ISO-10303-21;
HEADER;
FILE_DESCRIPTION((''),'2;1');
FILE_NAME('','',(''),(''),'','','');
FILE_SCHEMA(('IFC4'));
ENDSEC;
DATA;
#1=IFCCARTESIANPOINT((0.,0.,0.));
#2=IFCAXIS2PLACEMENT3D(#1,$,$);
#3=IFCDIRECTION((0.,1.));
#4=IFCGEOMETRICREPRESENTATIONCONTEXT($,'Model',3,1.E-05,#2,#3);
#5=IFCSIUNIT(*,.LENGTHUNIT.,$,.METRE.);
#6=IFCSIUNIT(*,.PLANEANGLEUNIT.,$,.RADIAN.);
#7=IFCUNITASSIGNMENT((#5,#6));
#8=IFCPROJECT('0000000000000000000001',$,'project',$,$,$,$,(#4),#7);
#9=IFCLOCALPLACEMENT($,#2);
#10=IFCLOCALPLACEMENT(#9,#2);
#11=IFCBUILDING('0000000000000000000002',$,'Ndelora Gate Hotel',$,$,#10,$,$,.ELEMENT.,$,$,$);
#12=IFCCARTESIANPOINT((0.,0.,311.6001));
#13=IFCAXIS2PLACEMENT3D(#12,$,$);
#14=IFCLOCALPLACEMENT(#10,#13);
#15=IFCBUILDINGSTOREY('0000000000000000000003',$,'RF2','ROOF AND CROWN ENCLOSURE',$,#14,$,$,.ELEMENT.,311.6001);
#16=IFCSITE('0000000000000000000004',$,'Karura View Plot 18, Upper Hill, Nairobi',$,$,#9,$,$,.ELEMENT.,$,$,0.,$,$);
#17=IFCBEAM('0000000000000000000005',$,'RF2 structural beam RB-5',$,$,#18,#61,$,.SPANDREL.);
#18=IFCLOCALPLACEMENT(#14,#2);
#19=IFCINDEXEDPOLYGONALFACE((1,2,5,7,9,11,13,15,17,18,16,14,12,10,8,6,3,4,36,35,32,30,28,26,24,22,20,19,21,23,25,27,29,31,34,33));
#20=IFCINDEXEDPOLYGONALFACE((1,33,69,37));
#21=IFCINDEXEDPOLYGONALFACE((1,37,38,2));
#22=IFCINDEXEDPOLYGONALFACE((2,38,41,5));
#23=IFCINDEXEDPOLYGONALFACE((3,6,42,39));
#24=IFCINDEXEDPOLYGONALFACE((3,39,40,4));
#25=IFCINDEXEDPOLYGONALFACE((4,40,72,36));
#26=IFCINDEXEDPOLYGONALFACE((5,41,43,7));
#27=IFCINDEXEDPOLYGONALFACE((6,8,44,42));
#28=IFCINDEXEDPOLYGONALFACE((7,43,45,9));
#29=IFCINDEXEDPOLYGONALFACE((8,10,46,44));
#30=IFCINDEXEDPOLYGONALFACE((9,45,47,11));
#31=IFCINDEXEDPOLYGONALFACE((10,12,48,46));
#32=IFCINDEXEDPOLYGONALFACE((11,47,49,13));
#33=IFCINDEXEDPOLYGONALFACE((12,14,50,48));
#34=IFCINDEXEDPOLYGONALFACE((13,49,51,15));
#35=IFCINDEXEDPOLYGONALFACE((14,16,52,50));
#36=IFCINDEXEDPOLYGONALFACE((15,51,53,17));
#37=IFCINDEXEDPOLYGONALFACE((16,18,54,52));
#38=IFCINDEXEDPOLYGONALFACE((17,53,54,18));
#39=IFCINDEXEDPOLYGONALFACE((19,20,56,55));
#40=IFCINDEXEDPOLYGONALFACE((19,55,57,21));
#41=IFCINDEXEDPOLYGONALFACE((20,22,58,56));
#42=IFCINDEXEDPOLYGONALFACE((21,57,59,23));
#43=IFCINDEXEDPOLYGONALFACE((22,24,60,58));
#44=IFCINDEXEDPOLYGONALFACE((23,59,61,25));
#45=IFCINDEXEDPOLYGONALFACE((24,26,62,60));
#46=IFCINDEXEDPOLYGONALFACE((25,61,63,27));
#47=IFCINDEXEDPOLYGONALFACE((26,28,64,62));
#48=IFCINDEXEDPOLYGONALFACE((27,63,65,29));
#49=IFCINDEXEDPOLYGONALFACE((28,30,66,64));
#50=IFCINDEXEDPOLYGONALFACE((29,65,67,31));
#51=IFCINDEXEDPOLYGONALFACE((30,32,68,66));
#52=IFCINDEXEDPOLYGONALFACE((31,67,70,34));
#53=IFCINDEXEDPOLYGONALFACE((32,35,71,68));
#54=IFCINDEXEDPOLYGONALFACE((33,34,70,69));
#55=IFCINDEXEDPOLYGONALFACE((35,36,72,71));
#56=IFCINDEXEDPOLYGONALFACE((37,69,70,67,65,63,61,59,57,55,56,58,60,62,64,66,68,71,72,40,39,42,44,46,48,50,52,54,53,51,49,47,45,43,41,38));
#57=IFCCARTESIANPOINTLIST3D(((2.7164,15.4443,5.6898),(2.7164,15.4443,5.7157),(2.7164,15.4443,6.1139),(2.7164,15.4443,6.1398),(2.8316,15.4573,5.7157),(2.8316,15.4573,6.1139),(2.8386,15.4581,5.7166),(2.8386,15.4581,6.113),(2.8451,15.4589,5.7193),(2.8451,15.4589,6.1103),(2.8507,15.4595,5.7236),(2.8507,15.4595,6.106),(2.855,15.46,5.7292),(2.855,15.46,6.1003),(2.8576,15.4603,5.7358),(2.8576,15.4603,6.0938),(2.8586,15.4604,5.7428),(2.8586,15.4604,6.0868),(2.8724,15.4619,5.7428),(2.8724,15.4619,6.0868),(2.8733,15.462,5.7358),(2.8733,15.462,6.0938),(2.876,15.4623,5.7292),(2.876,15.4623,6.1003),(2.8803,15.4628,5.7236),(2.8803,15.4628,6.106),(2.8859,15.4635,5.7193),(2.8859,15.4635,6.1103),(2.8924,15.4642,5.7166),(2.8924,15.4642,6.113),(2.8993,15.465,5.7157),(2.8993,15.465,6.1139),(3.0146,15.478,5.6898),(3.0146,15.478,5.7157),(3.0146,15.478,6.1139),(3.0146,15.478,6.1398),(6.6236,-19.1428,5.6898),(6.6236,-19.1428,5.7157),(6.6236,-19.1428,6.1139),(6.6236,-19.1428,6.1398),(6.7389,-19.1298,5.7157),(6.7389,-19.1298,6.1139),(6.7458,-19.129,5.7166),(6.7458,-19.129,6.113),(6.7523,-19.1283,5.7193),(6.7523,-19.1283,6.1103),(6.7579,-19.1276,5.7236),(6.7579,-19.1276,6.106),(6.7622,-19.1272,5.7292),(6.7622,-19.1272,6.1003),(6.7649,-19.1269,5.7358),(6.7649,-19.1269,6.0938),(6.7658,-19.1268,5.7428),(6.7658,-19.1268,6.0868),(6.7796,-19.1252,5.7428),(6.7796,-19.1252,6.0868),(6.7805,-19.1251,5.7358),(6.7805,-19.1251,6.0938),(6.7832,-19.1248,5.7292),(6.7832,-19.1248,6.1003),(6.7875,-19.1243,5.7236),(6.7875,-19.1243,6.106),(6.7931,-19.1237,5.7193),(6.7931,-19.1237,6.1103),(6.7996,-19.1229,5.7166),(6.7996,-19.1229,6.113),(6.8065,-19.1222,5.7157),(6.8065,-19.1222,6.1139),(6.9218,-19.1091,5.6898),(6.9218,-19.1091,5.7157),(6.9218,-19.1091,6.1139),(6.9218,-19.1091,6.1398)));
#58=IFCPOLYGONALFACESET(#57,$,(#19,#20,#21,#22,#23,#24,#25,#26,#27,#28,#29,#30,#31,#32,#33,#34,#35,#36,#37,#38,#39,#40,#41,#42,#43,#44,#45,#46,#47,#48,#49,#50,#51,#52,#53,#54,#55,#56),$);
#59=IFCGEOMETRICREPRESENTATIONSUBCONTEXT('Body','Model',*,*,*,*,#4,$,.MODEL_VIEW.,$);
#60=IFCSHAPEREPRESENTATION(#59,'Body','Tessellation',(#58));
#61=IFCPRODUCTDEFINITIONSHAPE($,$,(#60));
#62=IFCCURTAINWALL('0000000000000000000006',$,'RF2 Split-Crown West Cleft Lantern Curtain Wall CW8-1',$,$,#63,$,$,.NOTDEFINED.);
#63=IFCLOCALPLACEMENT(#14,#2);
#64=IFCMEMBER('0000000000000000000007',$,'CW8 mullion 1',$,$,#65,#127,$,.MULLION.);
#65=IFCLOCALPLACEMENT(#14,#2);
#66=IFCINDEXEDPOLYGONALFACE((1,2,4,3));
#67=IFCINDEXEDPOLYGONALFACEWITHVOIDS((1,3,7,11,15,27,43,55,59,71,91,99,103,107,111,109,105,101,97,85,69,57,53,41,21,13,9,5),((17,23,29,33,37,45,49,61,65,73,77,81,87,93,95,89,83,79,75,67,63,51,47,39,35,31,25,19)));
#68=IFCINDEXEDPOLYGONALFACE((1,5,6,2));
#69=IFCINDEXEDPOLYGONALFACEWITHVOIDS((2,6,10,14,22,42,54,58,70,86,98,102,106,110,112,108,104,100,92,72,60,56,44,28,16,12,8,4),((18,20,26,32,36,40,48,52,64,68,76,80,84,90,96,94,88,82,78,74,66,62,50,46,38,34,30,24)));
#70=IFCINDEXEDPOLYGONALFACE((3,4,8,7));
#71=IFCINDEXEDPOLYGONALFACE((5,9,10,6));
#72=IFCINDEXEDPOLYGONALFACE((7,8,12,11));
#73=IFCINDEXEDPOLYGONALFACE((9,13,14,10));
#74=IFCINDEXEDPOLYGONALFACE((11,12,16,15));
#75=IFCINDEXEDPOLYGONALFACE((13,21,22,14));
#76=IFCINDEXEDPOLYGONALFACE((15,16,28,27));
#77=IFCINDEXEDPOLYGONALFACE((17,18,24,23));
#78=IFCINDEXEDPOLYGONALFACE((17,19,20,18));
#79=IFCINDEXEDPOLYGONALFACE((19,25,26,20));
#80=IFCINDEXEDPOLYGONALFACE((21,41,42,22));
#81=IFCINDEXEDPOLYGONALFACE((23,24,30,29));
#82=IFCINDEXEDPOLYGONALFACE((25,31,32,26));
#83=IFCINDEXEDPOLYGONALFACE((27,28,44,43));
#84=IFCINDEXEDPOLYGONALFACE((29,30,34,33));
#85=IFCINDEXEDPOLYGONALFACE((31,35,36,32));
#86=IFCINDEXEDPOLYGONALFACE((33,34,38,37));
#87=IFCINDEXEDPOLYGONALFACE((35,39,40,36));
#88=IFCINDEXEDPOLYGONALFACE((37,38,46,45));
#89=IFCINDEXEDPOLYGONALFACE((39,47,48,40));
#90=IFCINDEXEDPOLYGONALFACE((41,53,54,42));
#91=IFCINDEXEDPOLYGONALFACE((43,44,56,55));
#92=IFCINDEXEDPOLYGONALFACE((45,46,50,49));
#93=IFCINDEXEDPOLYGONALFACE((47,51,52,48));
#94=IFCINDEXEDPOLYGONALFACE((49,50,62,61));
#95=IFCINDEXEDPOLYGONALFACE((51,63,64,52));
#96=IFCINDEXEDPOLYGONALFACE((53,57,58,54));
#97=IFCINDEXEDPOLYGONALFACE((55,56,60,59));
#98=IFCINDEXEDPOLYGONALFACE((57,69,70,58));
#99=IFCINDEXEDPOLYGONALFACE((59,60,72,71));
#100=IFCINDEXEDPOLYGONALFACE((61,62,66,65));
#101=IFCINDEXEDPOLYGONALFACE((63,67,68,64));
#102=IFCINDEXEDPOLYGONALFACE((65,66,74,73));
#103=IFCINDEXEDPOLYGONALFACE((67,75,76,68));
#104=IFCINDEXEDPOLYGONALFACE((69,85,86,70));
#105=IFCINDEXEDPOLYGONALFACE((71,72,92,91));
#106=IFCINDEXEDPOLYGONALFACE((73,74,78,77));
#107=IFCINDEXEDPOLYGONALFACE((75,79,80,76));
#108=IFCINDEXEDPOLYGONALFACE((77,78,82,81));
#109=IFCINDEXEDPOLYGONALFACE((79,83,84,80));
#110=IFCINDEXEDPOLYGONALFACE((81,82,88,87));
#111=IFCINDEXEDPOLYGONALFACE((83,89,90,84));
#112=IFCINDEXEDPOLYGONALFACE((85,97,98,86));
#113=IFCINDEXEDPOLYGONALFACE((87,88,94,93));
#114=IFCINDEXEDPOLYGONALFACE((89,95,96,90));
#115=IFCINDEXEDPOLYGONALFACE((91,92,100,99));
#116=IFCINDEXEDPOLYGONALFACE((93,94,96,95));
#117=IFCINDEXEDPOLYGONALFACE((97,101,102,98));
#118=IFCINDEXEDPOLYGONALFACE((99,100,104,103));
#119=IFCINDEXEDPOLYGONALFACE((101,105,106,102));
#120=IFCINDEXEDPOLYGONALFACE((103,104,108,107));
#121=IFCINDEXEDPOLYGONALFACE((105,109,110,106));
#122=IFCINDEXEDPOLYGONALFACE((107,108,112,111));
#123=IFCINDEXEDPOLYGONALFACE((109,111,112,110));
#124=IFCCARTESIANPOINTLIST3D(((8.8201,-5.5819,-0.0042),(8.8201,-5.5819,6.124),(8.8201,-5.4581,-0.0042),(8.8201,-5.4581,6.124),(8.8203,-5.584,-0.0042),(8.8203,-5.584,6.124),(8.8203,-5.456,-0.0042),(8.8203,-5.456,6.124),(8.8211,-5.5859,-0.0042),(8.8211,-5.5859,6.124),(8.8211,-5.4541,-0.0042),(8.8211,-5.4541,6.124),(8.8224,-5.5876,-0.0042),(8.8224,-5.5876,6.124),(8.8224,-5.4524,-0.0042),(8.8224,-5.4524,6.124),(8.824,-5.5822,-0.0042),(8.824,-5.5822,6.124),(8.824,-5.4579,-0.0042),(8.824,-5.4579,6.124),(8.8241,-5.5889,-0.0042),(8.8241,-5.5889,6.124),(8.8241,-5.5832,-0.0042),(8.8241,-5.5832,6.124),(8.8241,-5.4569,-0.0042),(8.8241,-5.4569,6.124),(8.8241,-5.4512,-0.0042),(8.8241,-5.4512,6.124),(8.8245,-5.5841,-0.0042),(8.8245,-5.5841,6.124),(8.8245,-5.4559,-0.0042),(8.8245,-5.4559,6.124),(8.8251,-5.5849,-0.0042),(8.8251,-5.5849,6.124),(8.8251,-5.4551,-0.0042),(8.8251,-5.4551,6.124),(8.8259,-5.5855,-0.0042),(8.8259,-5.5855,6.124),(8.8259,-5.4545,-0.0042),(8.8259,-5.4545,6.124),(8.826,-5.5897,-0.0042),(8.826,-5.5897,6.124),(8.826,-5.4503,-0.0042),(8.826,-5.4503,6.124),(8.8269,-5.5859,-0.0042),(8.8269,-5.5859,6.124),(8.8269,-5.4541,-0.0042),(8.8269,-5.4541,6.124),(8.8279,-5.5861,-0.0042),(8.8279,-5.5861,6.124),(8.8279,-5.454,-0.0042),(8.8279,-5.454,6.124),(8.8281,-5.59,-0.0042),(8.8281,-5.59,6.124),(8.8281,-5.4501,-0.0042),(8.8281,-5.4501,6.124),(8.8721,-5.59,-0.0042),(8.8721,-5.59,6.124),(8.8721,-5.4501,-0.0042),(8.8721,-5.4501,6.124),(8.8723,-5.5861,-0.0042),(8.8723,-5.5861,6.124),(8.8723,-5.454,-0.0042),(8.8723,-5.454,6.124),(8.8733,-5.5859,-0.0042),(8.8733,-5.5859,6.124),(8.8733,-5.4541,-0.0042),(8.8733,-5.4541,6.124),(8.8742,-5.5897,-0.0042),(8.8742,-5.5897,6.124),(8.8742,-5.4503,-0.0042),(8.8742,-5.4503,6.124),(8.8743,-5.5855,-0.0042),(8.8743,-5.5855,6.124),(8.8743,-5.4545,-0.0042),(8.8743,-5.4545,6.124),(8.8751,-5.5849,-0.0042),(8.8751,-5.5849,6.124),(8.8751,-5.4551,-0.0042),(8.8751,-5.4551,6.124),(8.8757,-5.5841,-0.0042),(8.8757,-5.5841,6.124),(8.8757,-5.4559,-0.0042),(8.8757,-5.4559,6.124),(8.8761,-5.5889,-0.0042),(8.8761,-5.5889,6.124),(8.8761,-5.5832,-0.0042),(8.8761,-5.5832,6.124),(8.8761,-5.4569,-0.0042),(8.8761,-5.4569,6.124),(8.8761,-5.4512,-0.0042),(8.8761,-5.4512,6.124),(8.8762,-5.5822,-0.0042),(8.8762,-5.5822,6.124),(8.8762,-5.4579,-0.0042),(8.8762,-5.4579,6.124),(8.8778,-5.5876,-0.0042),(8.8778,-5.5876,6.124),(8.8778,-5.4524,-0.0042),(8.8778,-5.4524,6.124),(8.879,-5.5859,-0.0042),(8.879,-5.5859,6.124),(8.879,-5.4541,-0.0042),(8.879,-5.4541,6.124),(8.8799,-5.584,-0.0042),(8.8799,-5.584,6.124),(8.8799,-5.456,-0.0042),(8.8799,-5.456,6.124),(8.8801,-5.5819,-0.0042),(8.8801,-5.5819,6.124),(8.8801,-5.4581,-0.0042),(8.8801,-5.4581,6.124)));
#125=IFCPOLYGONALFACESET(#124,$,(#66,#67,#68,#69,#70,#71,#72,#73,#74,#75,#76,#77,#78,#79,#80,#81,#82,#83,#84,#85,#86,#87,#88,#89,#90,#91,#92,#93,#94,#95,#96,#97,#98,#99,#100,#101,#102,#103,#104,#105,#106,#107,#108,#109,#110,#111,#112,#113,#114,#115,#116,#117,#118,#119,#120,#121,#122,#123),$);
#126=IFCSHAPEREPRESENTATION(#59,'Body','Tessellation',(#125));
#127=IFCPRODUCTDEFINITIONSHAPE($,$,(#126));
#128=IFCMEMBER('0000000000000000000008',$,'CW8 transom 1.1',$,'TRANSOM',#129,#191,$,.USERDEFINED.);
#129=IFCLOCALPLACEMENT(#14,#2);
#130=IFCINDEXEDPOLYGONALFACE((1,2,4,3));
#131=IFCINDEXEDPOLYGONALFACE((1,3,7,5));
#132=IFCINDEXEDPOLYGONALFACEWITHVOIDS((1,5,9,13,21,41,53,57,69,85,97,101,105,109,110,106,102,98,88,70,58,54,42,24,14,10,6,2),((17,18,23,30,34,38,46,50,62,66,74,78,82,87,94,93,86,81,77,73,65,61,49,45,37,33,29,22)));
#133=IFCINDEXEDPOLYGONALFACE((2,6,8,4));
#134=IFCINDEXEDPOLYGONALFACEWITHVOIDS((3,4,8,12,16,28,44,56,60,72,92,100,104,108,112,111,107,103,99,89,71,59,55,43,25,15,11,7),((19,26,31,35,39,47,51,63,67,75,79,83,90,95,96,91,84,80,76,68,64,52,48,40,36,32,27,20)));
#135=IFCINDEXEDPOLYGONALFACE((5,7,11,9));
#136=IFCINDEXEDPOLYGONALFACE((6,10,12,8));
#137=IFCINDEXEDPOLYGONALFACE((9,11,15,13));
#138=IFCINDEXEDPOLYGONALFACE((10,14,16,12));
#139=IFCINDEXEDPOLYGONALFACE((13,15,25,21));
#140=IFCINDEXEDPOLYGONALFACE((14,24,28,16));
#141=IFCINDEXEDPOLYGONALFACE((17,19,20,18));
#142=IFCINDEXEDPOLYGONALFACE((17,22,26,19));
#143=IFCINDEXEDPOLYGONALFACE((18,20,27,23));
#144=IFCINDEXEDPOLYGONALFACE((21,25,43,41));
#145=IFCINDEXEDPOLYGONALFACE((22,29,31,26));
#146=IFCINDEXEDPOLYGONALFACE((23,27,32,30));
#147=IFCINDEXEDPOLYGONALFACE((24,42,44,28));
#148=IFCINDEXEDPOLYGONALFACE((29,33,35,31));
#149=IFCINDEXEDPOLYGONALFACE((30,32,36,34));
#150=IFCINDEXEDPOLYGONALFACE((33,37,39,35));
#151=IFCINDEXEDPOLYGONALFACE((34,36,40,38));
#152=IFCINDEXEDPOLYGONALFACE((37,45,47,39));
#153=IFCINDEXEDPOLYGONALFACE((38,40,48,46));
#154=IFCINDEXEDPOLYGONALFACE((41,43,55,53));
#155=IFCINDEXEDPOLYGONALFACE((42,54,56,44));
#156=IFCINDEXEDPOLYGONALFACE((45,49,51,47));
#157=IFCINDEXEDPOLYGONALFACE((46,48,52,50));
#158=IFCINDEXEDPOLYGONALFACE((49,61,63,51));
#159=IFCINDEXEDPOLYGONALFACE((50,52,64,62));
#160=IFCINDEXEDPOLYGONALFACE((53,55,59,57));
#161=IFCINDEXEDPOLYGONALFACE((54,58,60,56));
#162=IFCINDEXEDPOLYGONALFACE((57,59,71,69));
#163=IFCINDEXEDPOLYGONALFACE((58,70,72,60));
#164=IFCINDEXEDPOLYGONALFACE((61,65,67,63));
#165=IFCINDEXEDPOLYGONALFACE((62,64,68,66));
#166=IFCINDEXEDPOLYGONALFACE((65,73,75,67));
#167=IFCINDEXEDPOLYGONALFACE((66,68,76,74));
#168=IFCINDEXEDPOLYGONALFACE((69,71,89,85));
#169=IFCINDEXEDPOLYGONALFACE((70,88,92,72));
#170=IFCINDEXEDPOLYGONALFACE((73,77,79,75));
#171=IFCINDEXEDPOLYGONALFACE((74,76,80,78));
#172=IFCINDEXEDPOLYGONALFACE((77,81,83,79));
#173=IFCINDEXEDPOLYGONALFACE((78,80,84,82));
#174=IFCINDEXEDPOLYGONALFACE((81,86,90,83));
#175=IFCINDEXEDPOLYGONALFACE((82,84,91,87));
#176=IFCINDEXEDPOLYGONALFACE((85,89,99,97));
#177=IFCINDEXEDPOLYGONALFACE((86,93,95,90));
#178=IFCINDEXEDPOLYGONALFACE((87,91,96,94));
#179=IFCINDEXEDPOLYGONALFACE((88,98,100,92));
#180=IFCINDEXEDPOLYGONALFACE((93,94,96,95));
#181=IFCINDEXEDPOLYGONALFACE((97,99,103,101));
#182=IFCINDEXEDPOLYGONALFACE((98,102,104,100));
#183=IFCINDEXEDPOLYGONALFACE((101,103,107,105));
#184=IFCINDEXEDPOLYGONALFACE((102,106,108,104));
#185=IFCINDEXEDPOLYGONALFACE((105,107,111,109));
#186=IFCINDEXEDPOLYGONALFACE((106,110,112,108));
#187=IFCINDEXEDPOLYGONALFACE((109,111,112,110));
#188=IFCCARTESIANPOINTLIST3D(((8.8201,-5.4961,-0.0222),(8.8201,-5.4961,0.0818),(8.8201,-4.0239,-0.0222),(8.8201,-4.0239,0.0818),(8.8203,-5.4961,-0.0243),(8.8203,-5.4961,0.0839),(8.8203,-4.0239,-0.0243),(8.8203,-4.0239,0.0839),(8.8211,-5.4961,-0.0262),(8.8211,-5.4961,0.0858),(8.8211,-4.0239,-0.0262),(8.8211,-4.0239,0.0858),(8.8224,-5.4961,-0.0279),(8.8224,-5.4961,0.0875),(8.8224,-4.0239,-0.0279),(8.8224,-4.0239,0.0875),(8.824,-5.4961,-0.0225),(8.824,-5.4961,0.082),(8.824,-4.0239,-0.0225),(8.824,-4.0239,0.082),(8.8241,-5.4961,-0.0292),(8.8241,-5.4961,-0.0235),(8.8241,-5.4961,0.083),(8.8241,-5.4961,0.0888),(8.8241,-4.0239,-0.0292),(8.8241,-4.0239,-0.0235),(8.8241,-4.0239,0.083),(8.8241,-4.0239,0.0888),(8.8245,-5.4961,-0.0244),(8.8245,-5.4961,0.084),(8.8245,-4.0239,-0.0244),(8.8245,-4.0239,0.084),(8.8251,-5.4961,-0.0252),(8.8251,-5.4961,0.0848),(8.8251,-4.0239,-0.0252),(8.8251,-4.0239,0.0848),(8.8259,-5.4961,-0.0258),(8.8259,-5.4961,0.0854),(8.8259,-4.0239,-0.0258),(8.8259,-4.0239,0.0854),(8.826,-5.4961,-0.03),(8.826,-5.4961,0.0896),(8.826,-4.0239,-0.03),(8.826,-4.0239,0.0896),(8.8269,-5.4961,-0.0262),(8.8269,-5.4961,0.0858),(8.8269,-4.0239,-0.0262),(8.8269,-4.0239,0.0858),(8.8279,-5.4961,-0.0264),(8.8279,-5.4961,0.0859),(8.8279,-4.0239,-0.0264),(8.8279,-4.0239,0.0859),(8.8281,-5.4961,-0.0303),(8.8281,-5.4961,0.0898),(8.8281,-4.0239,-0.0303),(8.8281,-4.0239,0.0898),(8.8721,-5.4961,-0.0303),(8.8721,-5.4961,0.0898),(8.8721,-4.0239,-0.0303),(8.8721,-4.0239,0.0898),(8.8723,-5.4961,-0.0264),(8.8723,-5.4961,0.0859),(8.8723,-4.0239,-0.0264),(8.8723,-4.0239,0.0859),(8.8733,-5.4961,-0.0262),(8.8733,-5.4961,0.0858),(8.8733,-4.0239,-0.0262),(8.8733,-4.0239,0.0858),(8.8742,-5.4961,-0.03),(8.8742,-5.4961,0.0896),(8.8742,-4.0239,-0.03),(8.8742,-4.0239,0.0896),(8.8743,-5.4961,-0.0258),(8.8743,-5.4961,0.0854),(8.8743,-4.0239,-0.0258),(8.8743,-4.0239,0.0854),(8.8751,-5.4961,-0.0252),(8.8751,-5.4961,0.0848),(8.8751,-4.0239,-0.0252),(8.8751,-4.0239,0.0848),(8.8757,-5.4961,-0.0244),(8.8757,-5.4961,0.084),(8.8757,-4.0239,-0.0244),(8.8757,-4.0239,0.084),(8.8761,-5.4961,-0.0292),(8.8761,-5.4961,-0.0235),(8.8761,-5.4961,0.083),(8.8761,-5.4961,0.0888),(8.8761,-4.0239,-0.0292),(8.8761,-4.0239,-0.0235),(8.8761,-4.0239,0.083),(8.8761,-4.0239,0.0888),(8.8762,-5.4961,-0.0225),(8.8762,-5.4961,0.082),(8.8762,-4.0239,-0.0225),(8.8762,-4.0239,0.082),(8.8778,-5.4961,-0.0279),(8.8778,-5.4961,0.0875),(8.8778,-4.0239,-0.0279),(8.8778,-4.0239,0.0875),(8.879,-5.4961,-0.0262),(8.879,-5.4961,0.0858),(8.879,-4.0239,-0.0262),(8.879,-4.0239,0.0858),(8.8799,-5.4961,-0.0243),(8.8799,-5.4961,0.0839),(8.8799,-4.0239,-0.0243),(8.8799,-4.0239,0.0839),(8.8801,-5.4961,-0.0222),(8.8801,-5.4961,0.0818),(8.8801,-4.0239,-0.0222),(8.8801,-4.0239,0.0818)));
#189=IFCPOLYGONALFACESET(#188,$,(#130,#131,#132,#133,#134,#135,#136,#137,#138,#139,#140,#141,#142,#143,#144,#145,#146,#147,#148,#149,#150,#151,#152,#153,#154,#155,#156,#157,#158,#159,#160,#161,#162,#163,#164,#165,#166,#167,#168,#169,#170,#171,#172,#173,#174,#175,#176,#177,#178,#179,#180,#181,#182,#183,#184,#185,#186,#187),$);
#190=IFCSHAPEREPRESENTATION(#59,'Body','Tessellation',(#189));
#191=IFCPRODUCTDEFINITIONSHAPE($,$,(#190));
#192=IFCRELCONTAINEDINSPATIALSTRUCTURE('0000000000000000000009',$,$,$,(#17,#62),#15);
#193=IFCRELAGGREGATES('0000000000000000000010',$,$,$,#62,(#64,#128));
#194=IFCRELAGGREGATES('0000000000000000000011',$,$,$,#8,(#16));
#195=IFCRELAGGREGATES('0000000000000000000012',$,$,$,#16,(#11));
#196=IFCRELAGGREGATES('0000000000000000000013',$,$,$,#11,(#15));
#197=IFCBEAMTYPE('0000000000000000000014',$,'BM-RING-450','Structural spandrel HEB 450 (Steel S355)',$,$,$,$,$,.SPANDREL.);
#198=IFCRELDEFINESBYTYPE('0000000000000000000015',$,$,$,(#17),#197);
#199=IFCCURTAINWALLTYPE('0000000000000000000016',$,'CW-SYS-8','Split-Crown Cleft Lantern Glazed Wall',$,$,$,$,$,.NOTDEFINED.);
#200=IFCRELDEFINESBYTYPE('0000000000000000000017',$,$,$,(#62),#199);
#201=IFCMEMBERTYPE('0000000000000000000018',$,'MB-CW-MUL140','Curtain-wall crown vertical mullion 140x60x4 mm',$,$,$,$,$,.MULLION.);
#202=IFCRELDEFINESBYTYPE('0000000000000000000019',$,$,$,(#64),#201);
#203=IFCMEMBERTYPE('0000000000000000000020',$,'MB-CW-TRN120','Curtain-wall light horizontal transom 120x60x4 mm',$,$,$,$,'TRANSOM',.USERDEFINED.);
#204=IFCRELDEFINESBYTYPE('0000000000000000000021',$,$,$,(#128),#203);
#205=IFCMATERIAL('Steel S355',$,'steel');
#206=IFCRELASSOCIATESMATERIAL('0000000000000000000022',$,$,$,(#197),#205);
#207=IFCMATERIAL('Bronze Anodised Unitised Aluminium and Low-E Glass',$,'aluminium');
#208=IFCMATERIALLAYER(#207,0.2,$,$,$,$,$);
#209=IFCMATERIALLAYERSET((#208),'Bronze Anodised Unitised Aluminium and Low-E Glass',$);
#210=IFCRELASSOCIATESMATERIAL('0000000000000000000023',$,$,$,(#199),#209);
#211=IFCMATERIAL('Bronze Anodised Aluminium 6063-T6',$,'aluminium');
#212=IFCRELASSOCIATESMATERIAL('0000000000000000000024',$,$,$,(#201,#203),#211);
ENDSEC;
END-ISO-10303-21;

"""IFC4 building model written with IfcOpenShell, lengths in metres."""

from ifc_helpers import new_model, si_unit, direction, frame, origin, origin_2d, place, context, subcontext, project, spatial, hollow_rectangle, i_section, extrude, material, layer, layer_set, material_profile, profile_set, type_object, element, aggregate, save


model = new_model("IFC4")

# Units and contexts
model_context = context("Model", 3, precision=1e-05, world=origin(), true_north=direction((0.0, 1.0)))
body_context = subcontext(model_context, "Body", "Model", "MODEL_VIEW")
ifc_project = project(units=[si_unit("LENGTHUNIT", "METRE"), si_unit("PLANEANGLEUNIT", "RADIAN")], contexts=[model_context])

# Site, building, storey
site_placement = place(None, origin())
site = spatial("IfcSite", under=ifc_project, at=site_placement, Name="Karura View Plot 18, Upper Hill, Nairobi", CompositionType="ELEMENT", RefElevation=0.0)
building_placement = place(site_placement, origin())
building = spatial("IfcBuilding", under=site, at=building_placement, Name="Ndelora Gate Hotel", CompositionType="ELEMENT")
storey_placement = place(building_placement, frame((0.0, 0.0, 311.6001)))
storey = spatial("IfcBuildingStorey", under=building, at=storey_placement, Name="RF2", Description="ROOF AND CROWN ENCLOSURE", CompositionType="ELEMENT", Elevation=311.6001)

# Beam
ifc_material_1 = material(Name="Steel S355", Category="steel")
ifc_material_profile_1 = material_profile(ifc_material_1, i_section(OverallWidth=0.3, OverallDepth=0.45, WebThickness=0.0139, FlangeThickness=0.0259, FilletRadius=0.0271, at=origin_2d()), Name="HEB 450")
ifc_profile_set_1 = profile_set([ifc_material_profile_1], Name="Steel S355")
beam_type_1 = type_object("IfcBeamType", Name="BM-RING-450", Description="Structural spandrel HEB 450 (Steel S355)", PredefinedType="SPANDREL", material=ifc_profile_set_1)
beam_1_placement = place(storey_placement, frame((6.7727, -19.126, 5.9148), z_axis=(-0.112254, 0.99368, 0.0), x_axis=(-0.99368, -0.112254, 0.0)))
element("IfcBeam", 1, at=beam_1_placement, inside=storey, type_object=beam_type_1, Name="RF2 structural beam RB-5", PredefinedType="SPANDREL", context=body_context, shape_type="SweptSolid", body=[
    extrude(i_section(OverallWidth=0.3, OverallDepth=0.45, WebThickness=0.0139, FlangeThickness=0.0259, FilletRadius=0.0271, at=origin_2d()), origin(), (0.0, 0.0, 1.0), 34.8071),
])

# Curtain wall, members
ifc_material_2 = material(Name="Bronze Anodised Unitised Aluminium and Low-E Glass", Category="aluminium")
ifc_layer_1 = layer(ifc_material_2, 0.2)
ifc_layer_set_1 = layer_set([ifc_layer_1], Name="Bronze Anodised Unitised Aluminium and Low-E Glass")
curtain_wall_type = type_object("IfcCurtainWallType", Name="CW-SYS-8", Description="Split-Crown Cleft Lantern Glazed Wall", PredefinedType="NOTDEFINED", material=ifc_layer_set_1)
curtain_wall_placement = place(storey_placement, origin())
curtain_wall = element("IfcCurtainWall", 2, at=curtain_wall_placement, inside=storey, type_object=curtain_wall_type, Name="RF2 Split-Crown West Cleft Lantern Curtain Wall CW8-1", PredefinedType="NOTDEFINED")
ifc_material_3 = material(Name="Bronze Anodised Aluminium 6063-T6", Category="aluminium")
ifc_material_profile_2 = material_profile(ifc_material_3, hollow_rectangle(XDim=0.0601, YDim=0.1399, WallThickness=0.0039, InnerFilletRadius=0.0039, OuterFilletRadius=0.0081, at=origin_2d()), Name="ALU 140x60x4")
ifc_profile_set_2 = profile_set([ifc_material_profile_2], Name="Bronze Anodised Aluminium 6063-T6")
member_type_1 = type_object("IfcMemberType", Name="MB-CW-MUL140", Description="Curtain-wall crown vertical mullion 140x60x4 mm", PredefinedType="MULLION", material=ifc_profile_set_2)
member_1_placement = place(storey_placement, frame((8.8501, -5.52, -0.0042), z_axis=(0.0, 0.0, 1.0), x_axis=(-1.0, 0.0, 0.0)))
member_1 = element("IfcMember", 3, at=member_1_placement, type_object=member_type_1, Name="CW8 mullion 1", PredefinedType="MULLION", context=body_context, shape_type="SweptSolid", body=[
    extrude(hollow_rectangle(XDim=0.0601, YDim=0.1399, WallThickness=0.0039, InnerFilletRadius=0.0039, OuterFilletRadius=0.0081, at=origin_2d()), origin(), (0.0, 0.0, 1.0), 6.1282),
])
ifc_material_profile_3 = material_profile(ifc_material_3, hollow_rectangle(XDim=0.0601, YDim=0.1201, WallThickness=0.0039, InnerFilletRadius=0.0039, OuterFilletRadius=0.0081, at=origin_2d()), Name="ALU 120x60x4")
ifc_profile_set_3 = profile_set([ifc_material_profile_3], Name="Bronze Anodised Aluminium 6063-T6")
member_type_2 = type_object("IfcMemberType", Name="MB-CW-TRN120", Description="Curtain-wall light horizontal transom 120x60x4 mm", ElementType="TRANSOM", PredefinedType="USERDEFINED", material=ifc_profile_set_3)
member_2_placement = place(storey_placement, frame((8.8501, -5.4961, 0.0298), z_axis=(0.0, 1.0, 0.0), x_axis=(-1.0, 0.0, 0.0)))
member_2 = element("IfcMember", 4, at=member_2_placement, type_object=member_type_2, Name="CW8 transom 1.1", ObjectType="TRANSOM", PredefinedType="USERDEFINED", context=body_context, shape_type="SweptSolid", body=[
    extrude(hollow_rectangle(XDim=0.0601, YDim=0.1201, WallThickness=0.0039, InnerFilletRadius=0.0039, OuterFilletRadius=0.0081, at=origin_2d()), origin(), (0.0, 0.0, 1.0), 1.4722),
])
aggregate(curtain_wall, [member_1, member_2])

save(model, "model.ifc")
